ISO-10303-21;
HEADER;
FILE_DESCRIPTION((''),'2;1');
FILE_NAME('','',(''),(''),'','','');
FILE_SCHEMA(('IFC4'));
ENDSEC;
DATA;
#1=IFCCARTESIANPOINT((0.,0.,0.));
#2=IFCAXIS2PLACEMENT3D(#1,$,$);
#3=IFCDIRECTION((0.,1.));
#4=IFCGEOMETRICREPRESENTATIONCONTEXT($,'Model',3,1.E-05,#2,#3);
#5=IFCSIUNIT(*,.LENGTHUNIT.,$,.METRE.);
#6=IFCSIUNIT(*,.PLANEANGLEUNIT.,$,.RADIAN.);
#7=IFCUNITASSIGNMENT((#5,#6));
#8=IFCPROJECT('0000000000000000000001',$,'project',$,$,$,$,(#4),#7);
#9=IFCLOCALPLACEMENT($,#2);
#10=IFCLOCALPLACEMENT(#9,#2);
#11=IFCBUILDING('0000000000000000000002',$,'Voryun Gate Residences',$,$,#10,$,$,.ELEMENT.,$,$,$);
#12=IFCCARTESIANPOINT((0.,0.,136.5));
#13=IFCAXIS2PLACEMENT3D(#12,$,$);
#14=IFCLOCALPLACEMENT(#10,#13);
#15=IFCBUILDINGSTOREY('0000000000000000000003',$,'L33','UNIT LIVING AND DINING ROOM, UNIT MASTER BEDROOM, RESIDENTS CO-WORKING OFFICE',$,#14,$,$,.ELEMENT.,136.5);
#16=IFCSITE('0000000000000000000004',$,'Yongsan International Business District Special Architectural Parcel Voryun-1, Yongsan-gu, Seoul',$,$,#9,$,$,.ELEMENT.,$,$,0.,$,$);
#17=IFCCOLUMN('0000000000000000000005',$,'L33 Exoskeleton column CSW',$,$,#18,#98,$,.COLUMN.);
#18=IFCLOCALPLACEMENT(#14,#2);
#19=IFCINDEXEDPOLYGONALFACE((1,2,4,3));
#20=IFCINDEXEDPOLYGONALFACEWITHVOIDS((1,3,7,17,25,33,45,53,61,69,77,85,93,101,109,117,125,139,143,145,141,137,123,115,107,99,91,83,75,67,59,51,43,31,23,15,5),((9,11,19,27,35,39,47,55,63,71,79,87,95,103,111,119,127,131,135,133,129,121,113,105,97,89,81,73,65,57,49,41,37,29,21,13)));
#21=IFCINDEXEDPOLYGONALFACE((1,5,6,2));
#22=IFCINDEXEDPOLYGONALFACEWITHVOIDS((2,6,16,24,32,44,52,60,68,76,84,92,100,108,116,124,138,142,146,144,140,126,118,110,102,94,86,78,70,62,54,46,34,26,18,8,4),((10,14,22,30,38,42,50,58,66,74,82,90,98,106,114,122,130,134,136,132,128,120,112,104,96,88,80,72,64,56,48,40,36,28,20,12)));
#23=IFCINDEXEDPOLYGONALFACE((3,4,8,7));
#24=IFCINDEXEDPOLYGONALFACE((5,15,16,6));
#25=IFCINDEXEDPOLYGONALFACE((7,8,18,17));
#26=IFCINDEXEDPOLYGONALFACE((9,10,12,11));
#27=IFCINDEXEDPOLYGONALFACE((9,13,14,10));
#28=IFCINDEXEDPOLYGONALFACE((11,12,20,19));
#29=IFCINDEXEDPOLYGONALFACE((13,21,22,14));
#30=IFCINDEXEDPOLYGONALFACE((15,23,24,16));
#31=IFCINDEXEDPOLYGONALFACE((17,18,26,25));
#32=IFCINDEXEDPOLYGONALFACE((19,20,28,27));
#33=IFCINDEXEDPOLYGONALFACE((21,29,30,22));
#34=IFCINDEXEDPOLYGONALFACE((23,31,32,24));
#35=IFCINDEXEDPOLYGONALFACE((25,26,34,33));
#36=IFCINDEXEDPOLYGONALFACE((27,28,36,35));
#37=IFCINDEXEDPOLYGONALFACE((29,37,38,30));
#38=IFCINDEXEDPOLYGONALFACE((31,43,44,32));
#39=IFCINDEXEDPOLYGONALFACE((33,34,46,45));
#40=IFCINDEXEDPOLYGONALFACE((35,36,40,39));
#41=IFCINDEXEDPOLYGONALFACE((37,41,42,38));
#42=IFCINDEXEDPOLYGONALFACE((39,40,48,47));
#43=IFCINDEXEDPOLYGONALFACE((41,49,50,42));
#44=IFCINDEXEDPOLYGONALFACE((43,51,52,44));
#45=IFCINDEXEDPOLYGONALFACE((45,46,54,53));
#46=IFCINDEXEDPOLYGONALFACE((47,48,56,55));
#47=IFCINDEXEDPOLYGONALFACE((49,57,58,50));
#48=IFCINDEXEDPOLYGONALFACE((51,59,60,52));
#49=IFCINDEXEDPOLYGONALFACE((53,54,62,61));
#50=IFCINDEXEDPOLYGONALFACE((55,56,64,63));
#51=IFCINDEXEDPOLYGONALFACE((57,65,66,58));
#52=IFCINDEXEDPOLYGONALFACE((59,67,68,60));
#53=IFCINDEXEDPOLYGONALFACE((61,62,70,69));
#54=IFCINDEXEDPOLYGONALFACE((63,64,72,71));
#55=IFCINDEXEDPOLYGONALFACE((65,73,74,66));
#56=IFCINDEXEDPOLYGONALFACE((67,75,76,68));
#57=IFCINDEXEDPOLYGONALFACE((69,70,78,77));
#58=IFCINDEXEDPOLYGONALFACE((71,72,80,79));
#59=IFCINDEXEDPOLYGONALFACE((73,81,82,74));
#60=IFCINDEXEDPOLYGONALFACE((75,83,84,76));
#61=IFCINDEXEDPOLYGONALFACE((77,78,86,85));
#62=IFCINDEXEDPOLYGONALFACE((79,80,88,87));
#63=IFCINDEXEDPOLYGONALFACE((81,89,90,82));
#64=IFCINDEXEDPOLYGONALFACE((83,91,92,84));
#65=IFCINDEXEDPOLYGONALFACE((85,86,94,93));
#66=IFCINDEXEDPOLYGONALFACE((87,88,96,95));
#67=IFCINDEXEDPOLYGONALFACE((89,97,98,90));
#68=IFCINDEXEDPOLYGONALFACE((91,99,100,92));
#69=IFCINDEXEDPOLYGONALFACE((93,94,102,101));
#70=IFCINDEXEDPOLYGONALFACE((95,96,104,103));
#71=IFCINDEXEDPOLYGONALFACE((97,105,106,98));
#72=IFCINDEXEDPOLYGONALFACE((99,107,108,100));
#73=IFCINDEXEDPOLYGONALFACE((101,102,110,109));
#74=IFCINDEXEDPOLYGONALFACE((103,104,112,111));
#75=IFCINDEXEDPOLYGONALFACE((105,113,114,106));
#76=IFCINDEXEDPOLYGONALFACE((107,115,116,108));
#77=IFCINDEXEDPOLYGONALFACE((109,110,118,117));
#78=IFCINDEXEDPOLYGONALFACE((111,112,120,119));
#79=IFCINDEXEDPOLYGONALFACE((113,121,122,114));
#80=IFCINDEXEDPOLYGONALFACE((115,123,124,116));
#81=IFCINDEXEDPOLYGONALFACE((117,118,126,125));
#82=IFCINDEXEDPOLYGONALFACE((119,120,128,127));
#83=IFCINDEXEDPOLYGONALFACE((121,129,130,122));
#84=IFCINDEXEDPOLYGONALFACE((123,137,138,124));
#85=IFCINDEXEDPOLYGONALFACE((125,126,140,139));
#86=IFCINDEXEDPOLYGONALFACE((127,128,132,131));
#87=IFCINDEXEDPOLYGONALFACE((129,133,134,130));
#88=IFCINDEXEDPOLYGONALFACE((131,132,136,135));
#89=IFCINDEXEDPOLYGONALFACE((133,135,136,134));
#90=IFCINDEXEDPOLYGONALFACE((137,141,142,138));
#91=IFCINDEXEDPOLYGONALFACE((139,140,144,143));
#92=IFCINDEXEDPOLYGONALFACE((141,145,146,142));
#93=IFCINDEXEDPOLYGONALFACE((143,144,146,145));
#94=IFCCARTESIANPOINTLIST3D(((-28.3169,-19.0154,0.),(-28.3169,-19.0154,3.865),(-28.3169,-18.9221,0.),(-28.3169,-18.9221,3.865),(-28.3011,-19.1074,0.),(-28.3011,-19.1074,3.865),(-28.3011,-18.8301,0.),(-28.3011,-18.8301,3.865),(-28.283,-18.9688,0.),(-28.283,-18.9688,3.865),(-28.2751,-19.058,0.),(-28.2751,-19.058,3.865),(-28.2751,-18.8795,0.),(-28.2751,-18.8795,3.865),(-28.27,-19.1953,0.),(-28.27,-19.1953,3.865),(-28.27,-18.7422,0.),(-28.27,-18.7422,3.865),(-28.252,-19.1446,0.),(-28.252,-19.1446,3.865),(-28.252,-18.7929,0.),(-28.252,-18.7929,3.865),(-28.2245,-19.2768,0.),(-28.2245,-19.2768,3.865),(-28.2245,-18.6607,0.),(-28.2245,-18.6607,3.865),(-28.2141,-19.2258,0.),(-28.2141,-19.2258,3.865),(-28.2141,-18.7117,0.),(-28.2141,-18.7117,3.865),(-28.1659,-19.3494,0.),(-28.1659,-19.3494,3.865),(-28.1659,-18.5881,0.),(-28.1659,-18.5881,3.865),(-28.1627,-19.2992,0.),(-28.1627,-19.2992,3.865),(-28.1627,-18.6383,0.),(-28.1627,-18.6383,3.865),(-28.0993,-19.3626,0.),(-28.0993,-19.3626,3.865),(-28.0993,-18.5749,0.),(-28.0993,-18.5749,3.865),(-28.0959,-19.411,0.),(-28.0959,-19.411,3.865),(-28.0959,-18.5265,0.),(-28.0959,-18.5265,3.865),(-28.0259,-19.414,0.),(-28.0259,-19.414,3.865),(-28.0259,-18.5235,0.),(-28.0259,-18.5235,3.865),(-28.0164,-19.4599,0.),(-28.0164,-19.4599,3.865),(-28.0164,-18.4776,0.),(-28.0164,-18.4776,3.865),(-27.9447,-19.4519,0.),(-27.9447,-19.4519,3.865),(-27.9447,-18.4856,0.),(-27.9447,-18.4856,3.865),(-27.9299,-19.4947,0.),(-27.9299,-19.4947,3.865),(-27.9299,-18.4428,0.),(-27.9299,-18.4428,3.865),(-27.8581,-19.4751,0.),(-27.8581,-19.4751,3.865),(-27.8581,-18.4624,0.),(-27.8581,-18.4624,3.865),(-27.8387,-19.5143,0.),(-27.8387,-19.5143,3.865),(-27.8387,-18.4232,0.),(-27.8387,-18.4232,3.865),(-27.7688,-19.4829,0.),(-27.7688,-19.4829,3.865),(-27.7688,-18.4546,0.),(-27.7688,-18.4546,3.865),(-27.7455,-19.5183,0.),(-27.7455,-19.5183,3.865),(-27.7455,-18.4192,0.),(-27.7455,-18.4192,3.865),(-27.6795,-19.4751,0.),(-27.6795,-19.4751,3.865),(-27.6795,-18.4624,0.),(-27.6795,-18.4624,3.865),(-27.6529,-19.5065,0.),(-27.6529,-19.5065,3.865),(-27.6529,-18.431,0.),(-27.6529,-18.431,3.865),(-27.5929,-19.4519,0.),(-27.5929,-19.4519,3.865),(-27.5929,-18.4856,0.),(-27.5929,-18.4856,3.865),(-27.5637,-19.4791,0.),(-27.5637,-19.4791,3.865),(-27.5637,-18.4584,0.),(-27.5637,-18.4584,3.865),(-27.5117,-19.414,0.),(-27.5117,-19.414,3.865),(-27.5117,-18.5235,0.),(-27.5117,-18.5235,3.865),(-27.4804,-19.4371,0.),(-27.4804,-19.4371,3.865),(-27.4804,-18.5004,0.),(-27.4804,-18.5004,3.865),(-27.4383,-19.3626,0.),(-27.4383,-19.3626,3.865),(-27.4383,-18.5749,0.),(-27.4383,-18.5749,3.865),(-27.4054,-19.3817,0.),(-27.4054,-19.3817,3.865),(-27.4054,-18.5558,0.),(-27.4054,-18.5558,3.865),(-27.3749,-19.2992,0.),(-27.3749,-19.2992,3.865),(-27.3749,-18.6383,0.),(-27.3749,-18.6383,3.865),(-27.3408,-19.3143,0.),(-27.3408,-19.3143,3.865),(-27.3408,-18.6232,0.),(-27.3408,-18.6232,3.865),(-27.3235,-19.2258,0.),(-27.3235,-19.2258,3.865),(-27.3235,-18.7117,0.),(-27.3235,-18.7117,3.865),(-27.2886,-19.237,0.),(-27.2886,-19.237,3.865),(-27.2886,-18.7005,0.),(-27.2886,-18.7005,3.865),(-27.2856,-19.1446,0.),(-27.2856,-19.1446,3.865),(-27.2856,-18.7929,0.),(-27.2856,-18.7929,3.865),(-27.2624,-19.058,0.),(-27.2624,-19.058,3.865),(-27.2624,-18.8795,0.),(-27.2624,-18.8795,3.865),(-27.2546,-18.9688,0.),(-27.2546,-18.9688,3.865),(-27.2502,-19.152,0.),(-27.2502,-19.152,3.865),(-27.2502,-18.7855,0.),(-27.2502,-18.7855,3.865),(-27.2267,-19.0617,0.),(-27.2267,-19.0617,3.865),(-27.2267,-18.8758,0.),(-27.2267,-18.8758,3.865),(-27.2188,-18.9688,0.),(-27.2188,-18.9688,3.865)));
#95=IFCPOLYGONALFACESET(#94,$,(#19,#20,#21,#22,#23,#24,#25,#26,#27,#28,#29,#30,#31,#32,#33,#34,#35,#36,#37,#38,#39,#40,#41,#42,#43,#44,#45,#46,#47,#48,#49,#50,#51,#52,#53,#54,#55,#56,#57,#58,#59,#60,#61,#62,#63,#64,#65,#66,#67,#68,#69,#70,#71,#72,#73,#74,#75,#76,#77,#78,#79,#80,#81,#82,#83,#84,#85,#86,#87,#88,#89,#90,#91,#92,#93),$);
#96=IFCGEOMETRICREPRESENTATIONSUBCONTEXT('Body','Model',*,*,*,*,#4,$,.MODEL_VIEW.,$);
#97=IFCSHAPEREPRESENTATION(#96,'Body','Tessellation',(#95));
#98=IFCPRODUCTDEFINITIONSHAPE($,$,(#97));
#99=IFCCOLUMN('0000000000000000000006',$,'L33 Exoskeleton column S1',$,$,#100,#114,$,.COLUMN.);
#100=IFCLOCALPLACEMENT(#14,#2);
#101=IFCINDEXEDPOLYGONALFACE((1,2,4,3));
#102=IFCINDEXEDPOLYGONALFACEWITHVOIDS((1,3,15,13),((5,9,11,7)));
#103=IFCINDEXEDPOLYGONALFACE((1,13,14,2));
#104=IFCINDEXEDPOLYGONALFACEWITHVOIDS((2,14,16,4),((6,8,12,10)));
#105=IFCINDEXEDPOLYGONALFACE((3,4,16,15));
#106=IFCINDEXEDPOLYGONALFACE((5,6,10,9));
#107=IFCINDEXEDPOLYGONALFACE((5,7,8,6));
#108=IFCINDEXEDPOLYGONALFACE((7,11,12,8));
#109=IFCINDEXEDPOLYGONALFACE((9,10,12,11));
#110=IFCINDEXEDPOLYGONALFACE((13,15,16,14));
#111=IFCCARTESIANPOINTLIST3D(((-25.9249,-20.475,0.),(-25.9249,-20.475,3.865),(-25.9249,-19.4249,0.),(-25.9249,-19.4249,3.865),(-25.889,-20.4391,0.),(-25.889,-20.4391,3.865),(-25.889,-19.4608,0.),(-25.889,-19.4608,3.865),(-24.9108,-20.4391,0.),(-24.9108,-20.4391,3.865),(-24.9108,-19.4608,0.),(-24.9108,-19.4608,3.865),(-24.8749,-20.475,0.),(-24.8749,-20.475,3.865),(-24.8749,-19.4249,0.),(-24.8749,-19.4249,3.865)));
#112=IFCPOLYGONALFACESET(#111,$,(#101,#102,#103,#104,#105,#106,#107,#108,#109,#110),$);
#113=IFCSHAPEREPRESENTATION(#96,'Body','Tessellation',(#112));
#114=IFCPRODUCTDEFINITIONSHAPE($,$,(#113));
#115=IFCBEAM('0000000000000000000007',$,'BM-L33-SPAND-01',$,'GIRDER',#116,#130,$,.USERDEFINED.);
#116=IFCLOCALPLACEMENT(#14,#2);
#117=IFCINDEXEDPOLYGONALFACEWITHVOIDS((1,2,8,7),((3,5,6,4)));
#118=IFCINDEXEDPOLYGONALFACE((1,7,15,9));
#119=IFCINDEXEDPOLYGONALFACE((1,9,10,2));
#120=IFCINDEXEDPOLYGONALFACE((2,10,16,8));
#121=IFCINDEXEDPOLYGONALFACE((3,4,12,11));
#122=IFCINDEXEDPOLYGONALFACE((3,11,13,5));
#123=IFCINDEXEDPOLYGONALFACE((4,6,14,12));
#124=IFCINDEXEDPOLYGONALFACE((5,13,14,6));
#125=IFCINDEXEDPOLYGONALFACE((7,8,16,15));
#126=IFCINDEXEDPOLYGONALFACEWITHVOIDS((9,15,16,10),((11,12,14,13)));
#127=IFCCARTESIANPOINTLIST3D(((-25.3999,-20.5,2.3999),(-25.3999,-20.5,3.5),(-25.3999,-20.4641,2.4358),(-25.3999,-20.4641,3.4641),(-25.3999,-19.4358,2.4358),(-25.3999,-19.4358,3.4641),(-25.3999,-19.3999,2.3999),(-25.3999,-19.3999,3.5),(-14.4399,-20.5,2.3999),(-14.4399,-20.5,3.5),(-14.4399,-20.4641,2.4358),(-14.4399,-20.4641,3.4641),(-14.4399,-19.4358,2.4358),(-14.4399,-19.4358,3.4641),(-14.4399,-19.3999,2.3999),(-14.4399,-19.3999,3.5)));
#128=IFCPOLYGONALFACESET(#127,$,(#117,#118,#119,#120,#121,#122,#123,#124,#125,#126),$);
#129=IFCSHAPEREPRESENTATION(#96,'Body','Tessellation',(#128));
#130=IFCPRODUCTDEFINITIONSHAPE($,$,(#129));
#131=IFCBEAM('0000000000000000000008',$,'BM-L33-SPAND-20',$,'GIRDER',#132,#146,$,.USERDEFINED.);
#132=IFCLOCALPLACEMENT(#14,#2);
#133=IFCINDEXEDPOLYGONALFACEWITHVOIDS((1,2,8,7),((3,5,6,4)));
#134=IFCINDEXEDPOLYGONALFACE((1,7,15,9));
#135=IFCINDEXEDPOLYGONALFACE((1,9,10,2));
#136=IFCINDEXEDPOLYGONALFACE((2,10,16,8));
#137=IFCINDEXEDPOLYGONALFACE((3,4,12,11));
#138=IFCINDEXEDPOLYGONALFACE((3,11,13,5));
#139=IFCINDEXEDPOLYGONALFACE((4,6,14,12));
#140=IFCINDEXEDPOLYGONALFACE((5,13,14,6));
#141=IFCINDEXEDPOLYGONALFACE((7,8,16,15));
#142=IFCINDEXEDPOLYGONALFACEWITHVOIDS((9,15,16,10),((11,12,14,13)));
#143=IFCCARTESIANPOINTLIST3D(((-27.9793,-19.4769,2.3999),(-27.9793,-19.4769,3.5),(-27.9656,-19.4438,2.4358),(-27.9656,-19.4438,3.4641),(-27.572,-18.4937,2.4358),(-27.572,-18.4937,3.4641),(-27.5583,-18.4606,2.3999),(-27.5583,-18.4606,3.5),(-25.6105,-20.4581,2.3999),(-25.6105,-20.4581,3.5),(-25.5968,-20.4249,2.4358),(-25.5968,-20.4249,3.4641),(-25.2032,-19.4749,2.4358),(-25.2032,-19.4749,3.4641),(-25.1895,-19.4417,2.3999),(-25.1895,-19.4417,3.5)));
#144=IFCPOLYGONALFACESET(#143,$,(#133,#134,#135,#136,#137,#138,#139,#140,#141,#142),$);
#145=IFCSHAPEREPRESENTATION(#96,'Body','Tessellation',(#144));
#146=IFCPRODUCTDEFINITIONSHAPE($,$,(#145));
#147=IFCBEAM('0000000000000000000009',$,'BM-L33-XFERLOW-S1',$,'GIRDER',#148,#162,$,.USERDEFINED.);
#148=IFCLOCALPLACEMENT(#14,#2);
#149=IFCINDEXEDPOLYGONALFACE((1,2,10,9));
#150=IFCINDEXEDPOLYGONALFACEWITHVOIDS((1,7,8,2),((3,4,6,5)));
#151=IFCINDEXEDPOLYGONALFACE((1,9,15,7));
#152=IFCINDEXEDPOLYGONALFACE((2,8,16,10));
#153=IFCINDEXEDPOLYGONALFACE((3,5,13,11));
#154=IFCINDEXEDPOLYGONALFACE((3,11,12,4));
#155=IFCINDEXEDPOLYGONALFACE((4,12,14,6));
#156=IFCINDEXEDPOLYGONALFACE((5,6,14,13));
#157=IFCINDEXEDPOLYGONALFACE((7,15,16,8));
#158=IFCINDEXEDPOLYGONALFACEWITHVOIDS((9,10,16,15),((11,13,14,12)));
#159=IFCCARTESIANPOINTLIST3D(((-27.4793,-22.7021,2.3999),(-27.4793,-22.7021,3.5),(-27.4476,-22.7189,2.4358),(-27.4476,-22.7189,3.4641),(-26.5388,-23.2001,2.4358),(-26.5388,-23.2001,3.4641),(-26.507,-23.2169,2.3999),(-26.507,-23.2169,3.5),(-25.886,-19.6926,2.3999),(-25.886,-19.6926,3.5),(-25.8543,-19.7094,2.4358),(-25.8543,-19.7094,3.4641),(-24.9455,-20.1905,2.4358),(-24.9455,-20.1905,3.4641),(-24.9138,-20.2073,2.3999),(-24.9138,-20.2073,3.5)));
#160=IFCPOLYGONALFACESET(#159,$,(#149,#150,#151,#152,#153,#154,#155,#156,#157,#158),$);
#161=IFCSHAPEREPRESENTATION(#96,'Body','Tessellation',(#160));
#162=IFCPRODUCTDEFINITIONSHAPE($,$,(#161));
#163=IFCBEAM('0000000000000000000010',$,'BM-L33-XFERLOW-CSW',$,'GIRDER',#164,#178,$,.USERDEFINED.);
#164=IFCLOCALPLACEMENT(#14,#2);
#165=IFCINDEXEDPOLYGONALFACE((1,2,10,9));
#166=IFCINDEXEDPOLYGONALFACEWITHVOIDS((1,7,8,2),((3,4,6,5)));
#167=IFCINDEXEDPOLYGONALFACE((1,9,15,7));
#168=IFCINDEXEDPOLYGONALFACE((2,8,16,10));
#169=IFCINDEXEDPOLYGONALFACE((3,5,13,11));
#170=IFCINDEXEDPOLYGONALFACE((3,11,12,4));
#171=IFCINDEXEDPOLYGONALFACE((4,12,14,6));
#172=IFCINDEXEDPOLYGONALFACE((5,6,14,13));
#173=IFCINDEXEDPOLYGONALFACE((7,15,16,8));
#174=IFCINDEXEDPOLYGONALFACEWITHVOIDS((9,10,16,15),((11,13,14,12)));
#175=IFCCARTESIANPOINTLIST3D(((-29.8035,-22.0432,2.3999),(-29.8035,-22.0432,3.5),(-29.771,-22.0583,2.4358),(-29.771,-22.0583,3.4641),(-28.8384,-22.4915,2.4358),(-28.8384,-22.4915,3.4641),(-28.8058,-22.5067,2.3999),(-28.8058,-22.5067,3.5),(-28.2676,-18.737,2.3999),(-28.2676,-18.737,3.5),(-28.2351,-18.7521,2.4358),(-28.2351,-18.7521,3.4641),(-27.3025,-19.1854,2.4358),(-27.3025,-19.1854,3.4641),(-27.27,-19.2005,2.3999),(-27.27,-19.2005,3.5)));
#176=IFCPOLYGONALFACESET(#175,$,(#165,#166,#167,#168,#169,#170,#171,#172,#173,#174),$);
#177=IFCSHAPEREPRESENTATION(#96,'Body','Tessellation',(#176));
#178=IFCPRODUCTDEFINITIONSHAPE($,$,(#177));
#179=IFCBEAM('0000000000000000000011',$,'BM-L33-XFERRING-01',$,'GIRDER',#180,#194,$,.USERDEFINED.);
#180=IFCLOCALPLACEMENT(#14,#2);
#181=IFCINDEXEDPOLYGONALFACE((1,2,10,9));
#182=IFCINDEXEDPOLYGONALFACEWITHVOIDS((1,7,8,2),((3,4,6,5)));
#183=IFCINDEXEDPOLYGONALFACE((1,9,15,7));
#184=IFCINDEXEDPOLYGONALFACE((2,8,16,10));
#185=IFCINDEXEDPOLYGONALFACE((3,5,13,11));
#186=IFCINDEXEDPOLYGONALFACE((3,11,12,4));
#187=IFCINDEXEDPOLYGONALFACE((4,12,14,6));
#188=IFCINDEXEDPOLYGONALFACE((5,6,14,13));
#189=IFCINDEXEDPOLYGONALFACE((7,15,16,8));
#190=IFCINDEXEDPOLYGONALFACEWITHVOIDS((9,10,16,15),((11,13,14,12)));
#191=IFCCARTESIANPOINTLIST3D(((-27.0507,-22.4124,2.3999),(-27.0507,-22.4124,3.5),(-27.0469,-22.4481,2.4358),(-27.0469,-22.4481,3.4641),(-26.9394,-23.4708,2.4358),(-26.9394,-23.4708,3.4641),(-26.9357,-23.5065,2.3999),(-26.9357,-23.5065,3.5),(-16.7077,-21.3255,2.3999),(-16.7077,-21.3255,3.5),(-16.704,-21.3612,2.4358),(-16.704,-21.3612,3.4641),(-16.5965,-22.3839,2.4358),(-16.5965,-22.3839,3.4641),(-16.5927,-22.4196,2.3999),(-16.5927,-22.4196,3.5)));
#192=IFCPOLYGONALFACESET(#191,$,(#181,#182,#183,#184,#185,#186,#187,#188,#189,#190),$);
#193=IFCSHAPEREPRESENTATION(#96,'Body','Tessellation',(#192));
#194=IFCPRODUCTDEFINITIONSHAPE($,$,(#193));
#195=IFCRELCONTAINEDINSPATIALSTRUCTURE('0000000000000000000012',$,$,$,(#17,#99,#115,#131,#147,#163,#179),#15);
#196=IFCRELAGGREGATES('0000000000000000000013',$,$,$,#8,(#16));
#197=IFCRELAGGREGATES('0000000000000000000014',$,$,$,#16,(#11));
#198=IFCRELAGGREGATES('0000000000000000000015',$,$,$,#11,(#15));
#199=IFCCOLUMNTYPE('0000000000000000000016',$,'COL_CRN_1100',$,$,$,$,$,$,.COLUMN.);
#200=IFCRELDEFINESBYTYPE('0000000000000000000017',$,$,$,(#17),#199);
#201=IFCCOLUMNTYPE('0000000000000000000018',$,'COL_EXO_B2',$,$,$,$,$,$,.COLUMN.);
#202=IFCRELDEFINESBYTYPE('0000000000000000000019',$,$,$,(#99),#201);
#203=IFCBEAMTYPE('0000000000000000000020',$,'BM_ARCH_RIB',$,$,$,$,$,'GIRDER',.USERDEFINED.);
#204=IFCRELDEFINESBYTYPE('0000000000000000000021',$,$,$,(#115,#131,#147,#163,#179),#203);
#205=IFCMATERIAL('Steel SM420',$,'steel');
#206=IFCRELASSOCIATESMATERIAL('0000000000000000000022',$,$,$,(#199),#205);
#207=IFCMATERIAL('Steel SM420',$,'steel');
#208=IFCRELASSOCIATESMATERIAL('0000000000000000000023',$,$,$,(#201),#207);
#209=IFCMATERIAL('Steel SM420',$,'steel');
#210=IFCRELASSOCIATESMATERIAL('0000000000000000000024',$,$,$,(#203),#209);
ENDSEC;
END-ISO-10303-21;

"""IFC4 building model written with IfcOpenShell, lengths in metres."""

from ifc_helpers import new_model, si_unit, direction, frame, origin, origin_2d, place, context, subcontext, project, spatial, hollow_rectangle, hollow_circle, extrude, material, material_profile, profile_set, type_object, element, save


model = new_model("IFC4")

# Units and contexts
model_context = context("Model", 3, precision=1e-05, world=origin(), true_north=direction((0.0, 1.0)))
body_context = subcontext(model_context, "Body", "Model", "MODEL_VIEW")
ifc_project = project(units=[si_unit("LENGTHUNIT", "METRE"), si_unit("PLANEANGLEUNIT", "RADIAN")], contexts=[model_context])

# Site, building, storey
site_placement = place(None, origin())
site = spatial("IfcSite", under=ifc_project, at=site_placement, Name="Yongsan International Business District Special Architectural Parcel Voryun-1, Yongsan-gu, Seoul", CompositionType="ELEMENT", RefElevation=0.0)
building_placement = place(site_placement, origin())
building = spatial("IfcBuilding", under=site, at=building_placement, Name="Voryun Gate Residences", CompositionType="ELEMENT")
storey_placement = place(building_placement, frame((0.0, 0.0, 136.5)))
storey = spatial("IfcBuildingStorey", under=building, at=storey_placement, Name="L33", Description="UNIT LIVING AND DINING ROOM, UNIT MASTER BEDROOM, RESIDENTS CO-WORKING OFFICE", CompositionType="ELEMENT", Elevation=136.5)

# Columns
ifc_material_1 = material(Name="Steel SM420", Category="steel")
ifc_material_profile_1 = material_profile(ifc_material_1, hollow_circle(Radius=0.55, WallThickness=0.0359, at=origin_2d()), Name="CHS-1100x36")
ifc_profile_set_1 = profile_set([ifc_material_profile_1], Name="Steel SM420")
column_type_1 = type_object("IfcColumnType", Name="COL_CRN_1100", PredefinedType="COLUMN", material=ifc_profile_set_1)
column_1_placement = place(storey_placement, frame((-27.7688, -18.9688, 0.0), z_axis=(0.0, 0.0, 1.0), x_axis=(1.0, 0.0, 0.0)))
element("IfcColumn", 1, at=column_1_placement, inside=storey, type_object=column_type_1, Name="L33 Exoskeleton column CSW", PredefinedType="COLUMN", context=body_context, shape_type="SweptSolid", body=[
    extrude(hollow_circle(Radius=0.55, WallThickness=0.0359, at=origin_2d()), origin(), (0.0, 0.0, 1.0), 3.865),
])
ifc_material_2 = material(Name="Steel SM420", Category="steel")
ifc_material_profile_2 = material_profile(ifc_material_2, hollow_rectangle(XDim=1.05, YDim=1.05, WallThickness=0.0359, at=origin_2d()), Name="BOX-1050x1050x36")
ifc_profile_set_2 = profile_set([ifc_material_profile_2], Name="Steel SM420")
column_type_2 = type_object("IfcColumnType", Name="COL_EXO_B2", PredefinedType="COLUMN", material=ifc_profile_set_2)
column_2_placement = place(storey_placement, frame((-25.3999, -19.95, 0.0), z_axis=(0.0, 0.0, 1.0), x_axis=(1.0, 0.0, 0.0)))
element("IfcColumn", 2, at=column_2_placement, inside=storey, type_object=column_type_2, Name="L33 Exoskeleton column S1", PredefinedType="COLUMN", context=body_context, shape_type="SweptSolid", body=[
    extrude(hollow_rectangle(XDim=1.05, YDim=1.05, WallThickness=0.0359, at=origin_2d()), origin(), (0.0, 0.0, 1.0), 3.865),
])

# Beams
ifc_material_3 = material(Name="Steel SM420", Category="steel")
ifc_material_profile_3 = material_profile(ifc_material_3, hollow_rectangle(XDim=1.1001, YDim=1.1001, WallThickness=0.0359, at=origin_2d()), Name="BOX-1100x1100x36")
ifc_profile_set_3 = profile_set([ifc_material_profile_3], Name="Steel SM420")
beam_type = type_object("IfcBeamType", Name="BM_ARCH_RIB", ElementType="GIRDER", PredefinedType="USERDEFINED", material=ifc_profile_set_3)
beam_1_placement = place(storey_placement, frame((-25.3999, -19.95, 2.95), z_axis=(1.0, 0.0, 0.0), x_axis=(0.0, 1.0, 0.0)))
element("IfcBeam", 3, at=beam_1_placement, inside=storey, type_object=beam_type, Name="BM-L33-SPAND-01", ObjectType="GIRDER", PredefinedType="USERDEFINED", context=body_context, shape_type="SweptSolid", body=[
    extrude(hollow_rectangle(XDim=1.1001, YDim=1.1001, WallThickness=0.0359, at=origin_2d()), origin(), (0.0, 0.0, 1.0), 10.96),
])
beam_2_placement = place(storey_placement, frame((-27.7688, -18.9688, 2.95), z_axis=(0.923883, -0.382674, 0.0), x_axis=(0.382674, 0.923883, 0.0)))
element("IfcBeam", 4, at=beam_2_placement, inside=storey, type_object=beam_type, Name="BM-L33-SPAND-20", ObjectType="GIRDER", PredefinedType="USERDEFINED", context=body_context, shape_type="SweptSolid", body=[
    extrude(hollow_rectangle(XDim=1.1001, YDim=1.1001, WallThickness=0.0359, at=origin_2d()), origin(), (0.0, 0.0, 1.0), 2.564),
])
beam_3_placement = place(storey_placement, frame((-25.3999, -19.95, 2.95), z_axis=(-0.467884, -0.88379, 0.0), x_axis=(0.88379, -0.467884, 0.0)))
element("IfcBeam", 5, at=beam_3_placement, inside=storey, type_object=beam_type, Name="BM-L33-XFERLOW-S1", ObjectType="GIRDER", PredefinedType="USERDEFINED", context=body_context, shape_type="SweptSolid", body=[
    extrude(hollow_rectangle(XDim=1.1001, YDim=1.1001, WallThickness=0.0359, at=origin_2d()), origin(), (0.0, 0.0, 1.0), 3.4053),
])
beam_4_placement = place(storey_placement, frame((-27.7688, -18.9688, 2.95), z_axis=(-0.421312, -0.906916, 0.0), x_axis=(0.906916, -0.421312, 0.0)))
element("IfcBeam", 6, at=beam_4_placement, inside=storey, type_object=beam_type, Name="BM-L33-XFERLOW-CSW", ObjectType="GIRDER", PredefinedType="USERDEFINED", context=body_context, shape_type="SweptSolid", body=[
    extrude(hollow_rectangle(XDim=1.1001, YDim=1.1001, WallThickness=0.0359, at=origin_2d()), origin(), (0.0, 0.0, 1.0), 3.6455),
])
beam_5_placement = place(storey_placement, frame((-26.9932, -22.9595, 2.95), z_axis=(0.994524, 0.104511, 0.0), x_axis=(-0.104511, 0.994524, 0.0)))
element("IfcBeam", 7, at=beam_5_placement, inside=storey, type_object=beam_type, Name="BM-L33-XFERRING-01", ObjectType="GIRDER", PredefinedType="USERDEFINED", context=body_context, shape_type="SweptSolid", body=[
    extrude(hollow_rectangle(XDim=1.1001, YDim=1.1001, WallThickness=0.0359, at=origin_2d()), origin(), (0.0, 0.0, 1.0), 10.3999),
])

save(model, "model.ifc")
